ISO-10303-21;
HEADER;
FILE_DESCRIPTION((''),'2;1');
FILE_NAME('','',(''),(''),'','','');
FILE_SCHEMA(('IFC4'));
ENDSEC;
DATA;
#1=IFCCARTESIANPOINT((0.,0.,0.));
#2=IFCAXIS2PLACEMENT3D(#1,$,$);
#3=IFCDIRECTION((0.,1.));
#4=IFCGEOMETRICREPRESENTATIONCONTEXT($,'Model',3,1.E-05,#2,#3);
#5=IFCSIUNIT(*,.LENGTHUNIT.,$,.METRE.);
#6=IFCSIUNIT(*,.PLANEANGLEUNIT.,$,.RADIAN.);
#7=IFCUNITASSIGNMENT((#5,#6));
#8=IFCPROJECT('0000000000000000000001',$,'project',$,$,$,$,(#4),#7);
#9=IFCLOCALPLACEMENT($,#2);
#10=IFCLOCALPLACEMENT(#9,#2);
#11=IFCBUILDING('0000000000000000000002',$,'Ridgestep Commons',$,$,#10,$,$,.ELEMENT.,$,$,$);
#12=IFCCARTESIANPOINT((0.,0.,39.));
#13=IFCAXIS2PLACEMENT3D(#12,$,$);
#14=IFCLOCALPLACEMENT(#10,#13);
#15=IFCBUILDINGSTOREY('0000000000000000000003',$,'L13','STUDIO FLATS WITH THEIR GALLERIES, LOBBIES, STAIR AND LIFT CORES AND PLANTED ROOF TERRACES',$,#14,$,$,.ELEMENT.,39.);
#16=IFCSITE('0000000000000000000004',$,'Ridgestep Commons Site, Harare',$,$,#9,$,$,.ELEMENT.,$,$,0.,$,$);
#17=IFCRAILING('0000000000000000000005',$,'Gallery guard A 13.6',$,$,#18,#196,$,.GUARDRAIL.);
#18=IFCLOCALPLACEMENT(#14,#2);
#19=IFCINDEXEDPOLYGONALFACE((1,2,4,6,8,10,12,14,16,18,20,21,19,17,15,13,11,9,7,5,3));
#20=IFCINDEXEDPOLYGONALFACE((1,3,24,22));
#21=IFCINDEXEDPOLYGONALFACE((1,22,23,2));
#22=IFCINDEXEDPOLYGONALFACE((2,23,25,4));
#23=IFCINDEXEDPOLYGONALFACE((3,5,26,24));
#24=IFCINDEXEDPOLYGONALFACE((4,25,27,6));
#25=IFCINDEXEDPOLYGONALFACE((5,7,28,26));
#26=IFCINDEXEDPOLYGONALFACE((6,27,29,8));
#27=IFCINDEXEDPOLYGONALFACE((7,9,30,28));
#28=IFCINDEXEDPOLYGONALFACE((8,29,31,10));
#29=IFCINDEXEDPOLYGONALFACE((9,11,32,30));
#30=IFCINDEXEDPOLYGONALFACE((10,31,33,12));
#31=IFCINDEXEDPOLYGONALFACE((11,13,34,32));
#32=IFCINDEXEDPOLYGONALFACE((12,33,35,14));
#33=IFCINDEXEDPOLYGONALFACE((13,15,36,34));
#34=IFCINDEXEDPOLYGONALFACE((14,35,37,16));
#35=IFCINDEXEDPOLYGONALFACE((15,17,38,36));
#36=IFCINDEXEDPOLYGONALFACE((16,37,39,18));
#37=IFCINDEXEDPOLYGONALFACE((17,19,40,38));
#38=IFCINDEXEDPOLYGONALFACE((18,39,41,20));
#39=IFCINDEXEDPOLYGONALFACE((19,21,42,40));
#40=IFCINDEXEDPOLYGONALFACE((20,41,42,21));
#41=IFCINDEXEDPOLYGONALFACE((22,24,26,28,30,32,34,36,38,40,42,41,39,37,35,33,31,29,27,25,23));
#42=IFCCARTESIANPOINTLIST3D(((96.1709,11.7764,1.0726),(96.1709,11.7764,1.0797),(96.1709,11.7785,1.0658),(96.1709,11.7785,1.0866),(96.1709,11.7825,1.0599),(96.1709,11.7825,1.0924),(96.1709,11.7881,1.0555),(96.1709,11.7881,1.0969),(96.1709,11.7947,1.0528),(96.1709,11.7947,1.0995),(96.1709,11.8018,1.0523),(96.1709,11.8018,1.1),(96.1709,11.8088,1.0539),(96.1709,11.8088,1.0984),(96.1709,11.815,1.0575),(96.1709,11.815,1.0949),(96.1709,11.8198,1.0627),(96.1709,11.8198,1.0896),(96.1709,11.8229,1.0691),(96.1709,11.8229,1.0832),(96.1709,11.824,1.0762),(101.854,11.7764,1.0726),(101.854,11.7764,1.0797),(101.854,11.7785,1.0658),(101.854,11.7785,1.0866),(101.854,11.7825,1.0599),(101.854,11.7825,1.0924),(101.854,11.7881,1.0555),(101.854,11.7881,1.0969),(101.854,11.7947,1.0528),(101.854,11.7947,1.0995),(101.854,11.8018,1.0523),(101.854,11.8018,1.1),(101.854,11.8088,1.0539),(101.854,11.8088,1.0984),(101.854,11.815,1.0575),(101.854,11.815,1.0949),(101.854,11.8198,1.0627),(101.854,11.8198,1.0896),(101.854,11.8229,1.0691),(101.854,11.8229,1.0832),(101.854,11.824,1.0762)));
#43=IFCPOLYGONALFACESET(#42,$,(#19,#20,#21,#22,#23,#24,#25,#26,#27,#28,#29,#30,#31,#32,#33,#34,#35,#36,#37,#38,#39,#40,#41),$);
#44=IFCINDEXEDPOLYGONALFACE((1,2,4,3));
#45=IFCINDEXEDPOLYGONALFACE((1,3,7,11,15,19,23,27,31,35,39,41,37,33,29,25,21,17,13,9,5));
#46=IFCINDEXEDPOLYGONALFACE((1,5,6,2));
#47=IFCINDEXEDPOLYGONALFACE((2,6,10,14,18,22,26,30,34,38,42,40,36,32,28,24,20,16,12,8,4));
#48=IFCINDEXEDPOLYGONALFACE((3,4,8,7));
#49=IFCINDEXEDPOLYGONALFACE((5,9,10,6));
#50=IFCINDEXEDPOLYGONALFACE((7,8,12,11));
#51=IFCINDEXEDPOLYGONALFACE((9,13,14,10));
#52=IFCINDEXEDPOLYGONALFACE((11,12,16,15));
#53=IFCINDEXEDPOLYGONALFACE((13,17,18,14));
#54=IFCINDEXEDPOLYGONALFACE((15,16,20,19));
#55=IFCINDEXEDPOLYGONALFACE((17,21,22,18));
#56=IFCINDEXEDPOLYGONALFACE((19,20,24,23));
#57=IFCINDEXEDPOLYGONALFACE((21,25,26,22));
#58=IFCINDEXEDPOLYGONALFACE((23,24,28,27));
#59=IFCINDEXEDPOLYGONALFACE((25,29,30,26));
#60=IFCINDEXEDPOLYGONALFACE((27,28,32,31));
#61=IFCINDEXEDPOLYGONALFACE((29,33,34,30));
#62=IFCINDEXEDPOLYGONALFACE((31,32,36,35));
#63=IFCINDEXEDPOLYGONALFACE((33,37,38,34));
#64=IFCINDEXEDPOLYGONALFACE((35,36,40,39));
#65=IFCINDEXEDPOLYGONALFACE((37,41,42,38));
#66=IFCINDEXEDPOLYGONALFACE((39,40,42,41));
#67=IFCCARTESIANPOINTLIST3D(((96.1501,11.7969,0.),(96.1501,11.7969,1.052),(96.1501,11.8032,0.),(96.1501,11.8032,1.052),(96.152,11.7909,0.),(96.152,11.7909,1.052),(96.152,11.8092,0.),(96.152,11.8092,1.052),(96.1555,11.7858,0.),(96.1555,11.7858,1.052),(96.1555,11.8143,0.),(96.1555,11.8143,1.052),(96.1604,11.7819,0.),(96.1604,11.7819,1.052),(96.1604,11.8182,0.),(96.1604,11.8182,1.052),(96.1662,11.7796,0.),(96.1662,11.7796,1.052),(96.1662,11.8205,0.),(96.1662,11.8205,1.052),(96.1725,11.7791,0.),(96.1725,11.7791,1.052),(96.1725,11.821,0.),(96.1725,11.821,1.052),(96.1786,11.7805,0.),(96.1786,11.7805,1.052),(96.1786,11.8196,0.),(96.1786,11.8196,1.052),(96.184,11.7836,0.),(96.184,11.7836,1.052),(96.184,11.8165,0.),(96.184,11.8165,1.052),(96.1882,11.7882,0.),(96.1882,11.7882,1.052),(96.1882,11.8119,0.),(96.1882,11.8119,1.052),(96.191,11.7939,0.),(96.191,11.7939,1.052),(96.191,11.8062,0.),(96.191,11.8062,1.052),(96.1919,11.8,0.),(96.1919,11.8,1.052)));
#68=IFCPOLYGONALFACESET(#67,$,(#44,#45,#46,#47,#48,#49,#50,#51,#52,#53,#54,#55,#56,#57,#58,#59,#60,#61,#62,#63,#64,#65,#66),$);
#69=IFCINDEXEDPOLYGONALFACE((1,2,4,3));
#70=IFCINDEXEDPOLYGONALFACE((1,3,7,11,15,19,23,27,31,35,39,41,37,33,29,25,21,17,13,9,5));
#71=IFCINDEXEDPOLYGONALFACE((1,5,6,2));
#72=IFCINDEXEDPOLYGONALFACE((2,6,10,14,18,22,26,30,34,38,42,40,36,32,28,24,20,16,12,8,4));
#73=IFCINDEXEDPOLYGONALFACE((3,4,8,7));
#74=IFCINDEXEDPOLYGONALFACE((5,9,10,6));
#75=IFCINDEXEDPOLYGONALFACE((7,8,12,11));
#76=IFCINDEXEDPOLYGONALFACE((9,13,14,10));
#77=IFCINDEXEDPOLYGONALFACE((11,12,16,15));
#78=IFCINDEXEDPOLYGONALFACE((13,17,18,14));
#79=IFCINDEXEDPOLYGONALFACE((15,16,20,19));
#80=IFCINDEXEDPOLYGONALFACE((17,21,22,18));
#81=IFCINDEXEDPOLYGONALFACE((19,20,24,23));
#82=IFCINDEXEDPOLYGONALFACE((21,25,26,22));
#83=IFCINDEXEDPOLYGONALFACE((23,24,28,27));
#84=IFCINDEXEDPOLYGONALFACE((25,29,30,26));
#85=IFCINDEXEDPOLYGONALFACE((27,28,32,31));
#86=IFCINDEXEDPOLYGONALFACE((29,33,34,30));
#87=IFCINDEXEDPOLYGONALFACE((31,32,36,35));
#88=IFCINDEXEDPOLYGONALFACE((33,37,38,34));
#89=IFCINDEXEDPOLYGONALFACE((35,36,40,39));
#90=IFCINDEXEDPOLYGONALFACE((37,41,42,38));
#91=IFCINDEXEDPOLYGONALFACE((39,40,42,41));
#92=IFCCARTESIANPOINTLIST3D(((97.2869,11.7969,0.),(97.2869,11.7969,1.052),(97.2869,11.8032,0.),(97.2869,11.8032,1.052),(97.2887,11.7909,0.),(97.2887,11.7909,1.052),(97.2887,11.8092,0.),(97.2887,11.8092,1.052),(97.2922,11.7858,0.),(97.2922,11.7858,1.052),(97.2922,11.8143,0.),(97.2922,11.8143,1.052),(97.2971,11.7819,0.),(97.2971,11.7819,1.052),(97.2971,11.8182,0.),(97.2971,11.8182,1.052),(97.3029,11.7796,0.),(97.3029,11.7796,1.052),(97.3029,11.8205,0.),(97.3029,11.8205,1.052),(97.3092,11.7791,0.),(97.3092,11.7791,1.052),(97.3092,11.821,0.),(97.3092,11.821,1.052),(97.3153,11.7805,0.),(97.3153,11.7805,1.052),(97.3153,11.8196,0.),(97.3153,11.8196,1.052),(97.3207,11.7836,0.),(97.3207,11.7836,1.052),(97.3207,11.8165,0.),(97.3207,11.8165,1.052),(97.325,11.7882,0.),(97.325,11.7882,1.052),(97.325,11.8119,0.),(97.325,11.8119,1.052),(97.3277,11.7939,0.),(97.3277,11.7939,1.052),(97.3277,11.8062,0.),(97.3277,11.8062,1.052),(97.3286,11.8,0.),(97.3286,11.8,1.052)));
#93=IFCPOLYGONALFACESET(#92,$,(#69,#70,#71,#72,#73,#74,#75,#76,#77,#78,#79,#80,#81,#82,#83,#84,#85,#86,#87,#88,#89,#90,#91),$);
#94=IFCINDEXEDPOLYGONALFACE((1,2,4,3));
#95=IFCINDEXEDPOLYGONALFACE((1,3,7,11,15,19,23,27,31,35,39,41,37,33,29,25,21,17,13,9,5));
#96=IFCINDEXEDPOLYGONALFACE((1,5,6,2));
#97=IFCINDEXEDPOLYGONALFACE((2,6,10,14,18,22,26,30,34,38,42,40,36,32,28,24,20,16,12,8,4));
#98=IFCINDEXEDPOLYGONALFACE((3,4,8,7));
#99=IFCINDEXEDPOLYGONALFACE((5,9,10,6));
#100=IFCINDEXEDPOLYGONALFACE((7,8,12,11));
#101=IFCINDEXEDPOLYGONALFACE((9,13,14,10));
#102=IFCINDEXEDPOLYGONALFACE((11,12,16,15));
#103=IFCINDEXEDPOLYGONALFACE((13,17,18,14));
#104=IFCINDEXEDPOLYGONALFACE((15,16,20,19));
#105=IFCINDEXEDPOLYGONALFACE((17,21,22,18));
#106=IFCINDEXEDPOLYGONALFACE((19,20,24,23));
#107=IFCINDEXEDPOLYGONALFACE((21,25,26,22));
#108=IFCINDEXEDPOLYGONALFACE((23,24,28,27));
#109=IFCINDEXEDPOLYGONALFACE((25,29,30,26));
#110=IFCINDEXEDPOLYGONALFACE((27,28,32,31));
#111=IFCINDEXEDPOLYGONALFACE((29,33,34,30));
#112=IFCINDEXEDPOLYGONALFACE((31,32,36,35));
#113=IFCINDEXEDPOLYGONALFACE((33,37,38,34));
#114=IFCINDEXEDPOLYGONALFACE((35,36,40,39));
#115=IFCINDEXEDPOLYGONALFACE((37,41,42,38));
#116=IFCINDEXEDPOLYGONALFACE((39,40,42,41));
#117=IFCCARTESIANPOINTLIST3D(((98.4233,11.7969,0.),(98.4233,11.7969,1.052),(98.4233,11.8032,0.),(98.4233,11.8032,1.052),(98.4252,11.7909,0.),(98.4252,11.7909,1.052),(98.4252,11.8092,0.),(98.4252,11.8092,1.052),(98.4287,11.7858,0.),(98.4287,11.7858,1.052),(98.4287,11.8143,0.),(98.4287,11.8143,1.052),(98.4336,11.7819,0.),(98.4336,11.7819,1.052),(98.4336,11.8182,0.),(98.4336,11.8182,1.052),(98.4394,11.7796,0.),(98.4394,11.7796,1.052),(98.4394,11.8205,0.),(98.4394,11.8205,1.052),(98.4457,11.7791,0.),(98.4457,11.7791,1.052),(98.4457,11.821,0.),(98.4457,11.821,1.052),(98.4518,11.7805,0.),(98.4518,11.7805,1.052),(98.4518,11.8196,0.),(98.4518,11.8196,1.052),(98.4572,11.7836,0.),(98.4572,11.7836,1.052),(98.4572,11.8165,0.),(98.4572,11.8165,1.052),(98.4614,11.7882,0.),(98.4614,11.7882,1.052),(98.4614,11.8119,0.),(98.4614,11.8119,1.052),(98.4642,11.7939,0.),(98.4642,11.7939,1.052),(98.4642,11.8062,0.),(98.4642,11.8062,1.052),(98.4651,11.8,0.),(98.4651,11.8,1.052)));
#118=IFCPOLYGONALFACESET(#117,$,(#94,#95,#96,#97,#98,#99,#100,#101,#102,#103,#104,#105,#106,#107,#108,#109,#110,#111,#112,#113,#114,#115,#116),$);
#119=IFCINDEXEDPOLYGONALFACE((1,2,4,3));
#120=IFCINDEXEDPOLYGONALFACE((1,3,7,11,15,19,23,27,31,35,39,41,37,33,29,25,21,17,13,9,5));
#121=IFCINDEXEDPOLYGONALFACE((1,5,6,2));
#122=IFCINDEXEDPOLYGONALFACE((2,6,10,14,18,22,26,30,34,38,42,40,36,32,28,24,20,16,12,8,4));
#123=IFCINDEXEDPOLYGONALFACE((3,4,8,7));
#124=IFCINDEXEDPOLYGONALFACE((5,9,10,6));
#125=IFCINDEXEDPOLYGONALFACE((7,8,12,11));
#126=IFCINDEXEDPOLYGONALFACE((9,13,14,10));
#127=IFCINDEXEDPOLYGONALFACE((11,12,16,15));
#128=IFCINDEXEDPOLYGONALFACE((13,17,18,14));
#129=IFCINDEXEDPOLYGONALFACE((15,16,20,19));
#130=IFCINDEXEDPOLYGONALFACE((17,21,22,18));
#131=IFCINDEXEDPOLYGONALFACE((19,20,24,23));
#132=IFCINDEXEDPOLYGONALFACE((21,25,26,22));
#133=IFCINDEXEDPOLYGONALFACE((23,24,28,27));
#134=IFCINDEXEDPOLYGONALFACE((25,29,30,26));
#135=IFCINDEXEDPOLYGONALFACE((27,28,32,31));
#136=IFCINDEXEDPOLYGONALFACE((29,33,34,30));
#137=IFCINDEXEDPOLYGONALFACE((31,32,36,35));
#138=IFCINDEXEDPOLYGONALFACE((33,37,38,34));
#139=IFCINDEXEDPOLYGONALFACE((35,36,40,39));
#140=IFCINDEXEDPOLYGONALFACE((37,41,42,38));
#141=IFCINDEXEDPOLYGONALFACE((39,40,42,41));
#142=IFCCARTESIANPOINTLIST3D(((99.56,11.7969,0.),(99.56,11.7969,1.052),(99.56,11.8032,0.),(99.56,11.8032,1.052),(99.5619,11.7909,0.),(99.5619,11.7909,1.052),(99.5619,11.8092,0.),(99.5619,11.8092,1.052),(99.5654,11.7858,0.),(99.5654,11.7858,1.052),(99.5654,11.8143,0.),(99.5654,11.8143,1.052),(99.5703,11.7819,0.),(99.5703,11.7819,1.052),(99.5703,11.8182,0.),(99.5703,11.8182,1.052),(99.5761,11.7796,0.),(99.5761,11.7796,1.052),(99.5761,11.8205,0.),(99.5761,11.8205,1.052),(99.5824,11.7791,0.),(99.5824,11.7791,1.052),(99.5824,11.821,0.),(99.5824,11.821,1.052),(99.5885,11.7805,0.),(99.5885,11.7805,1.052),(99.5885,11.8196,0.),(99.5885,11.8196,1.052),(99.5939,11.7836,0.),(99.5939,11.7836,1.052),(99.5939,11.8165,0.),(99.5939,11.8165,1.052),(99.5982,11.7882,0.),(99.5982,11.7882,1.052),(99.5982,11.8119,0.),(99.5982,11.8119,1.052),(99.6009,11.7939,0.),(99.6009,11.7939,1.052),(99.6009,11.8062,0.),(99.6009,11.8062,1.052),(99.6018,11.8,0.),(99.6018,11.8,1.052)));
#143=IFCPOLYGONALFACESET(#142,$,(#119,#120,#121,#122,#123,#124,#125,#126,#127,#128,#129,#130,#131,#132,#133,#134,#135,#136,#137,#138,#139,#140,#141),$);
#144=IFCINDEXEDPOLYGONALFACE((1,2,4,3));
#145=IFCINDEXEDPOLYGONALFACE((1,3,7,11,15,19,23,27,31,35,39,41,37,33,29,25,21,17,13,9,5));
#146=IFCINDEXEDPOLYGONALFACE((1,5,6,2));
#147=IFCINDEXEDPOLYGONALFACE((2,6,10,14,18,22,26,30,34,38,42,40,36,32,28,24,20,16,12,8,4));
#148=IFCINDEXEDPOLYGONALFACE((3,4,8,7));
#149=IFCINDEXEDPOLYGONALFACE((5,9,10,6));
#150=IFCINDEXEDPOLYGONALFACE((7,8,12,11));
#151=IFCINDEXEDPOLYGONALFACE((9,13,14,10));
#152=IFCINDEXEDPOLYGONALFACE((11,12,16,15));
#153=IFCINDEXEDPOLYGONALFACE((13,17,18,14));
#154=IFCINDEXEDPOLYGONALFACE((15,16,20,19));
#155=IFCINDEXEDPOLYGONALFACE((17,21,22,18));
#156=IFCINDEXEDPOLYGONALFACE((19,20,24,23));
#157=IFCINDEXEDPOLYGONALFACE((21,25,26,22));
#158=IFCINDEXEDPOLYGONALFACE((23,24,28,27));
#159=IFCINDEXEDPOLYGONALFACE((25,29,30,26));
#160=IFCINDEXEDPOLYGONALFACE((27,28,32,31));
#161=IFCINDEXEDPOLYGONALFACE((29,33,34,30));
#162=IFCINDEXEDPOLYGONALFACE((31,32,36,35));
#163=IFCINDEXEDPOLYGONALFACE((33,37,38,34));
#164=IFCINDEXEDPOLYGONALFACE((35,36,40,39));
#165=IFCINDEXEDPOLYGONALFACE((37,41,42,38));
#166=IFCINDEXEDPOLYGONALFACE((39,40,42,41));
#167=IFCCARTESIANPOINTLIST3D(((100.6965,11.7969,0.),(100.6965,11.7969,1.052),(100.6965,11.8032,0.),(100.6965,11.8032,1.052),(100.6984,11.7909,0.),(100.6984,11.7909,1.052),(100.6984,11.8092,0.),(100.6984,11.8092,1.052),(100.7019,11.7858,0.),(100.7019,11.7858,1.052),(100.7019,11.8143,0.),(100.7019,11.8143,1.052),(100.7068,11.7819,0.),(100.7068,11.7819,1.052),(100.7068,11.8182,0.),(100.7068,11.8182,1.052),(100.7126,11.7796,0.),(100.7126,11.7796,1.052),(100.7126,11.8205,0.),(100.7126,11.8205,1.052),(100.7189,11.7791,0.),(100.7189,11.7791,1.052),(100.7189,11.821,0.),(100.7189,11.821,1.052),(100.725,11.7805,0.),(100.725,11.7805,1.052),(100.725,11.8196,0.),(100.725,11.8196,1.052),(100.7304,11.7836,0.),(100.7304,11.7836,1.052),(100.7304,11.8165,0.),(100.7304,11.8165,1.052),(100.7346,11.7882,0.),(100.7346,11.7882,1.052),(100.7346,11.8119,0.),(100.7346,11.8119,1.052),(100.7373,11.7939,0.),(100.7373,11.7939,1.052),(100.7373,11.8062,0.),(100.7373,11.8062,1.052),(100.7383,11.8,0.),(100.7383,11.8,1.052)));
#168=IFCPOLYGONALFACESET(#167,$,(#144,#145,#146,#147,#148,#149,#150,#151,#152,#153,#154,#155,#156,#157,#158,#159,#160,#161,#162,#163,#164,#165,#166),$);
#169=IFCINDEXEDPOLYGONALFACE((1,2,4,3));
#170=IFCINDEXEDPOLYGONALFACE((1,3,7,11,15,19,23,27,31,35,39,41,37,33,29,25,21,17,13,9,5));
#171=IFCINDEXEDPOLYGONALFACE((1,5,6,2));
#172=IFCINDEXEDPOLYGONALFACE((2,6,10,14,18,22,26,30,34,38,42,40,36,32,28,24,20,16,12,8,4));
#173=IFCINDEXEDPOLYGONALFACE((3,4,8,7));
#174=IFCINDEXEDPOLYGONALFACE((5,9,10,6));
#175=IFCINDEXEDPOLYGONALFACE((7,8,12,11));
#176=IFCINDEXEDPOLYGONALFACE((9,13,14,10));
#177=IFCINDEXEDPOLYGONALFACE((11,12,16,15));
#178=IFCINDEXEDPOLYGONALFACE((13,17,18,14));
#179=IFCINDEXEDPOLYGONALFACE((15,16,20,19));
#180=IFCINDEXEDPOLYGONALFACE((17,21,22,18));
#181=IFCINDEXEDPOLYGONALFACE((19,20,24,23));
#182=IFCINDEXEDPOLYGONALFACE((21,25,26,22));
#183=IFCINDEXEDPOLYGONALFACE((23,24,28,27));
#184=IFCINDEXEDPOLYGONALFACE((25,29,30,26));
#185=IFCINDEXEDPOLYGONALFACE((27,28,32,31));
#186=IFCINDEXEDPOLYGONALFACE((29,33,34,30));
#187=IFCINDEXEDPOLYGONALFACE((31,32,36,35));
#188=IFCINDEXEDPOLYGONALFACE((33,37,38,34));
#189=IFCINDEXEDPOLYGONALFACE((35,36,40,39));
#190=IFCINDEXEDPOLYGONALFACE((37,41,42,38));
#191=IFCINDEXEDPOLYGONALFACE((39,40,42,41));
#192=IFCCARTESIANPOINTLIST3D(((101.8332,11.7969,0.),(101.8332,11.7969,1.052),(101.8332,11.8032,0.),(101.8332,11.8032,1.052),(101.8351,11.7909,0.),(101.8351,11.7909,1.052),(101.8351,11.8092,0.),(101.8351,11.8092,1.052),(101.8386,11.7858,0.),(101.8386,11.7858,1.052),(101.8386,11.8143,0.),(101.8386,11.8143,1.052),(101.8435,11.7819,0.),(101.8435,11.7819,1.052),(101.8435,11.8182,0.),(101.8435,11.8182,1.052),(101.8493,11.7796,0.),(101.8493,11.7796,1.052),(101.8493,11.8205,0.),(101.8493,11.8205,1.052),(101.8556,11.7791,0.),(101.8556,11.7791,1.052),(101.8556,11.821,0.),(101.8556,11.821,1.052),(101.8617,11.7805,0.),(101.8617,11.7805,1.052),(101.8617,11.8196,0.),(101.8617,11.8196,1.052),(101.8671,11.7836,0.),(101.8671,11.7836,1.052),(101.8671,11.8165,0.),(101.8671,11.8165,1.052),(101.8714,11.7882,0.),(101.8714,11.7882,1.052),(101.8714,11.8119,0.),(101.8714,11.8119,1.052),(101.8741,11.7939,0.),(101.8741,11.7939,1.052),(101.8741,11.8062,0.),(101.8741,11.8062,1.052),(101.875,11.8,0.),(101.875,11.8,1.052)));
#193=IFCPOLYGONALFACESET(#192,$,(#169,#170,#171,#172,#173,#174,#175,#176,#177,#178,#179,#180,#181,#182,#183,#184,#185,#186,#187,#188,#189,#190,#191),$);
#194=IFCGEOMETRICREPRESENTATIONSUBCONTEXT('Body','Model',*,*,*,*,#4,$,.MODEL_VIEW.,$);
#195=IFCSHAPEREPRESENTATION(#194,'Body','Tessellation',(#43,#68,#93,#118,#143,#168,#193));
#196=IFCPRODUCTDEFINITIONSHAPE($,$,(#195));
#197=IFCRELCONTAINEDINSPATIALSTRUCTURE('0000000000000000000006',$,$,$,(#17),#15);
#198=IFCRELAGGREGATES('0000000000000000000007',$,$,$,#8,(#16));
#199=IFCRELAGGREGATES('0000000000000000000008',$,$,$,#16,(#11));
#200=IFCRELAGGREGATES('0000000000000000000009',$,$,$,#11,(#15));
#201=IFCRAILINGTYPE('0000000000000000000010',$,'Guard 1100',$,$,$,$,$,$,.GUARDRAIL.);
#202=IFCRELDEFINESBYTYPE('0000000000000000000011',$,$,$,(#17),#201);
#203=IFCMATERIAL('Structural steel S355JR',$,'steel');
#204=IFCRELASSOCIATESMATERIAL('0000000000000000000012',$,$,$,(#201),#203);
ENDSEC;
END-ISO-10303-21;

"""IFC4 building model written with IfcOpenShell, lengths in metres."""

from ifc_helpers import new_model, si_unit, direction, frame, origin, origin_2d, place, context, subcontext, project, spatial, circle, extrude, material, type_object, element, save


model = new_model("IFC4")

# Units and contexts
model_context = context("Model", 3, precision=1e-05, world=origin(), true_north=direction((0.0, 1.0)))
body_context = subcontext(model_context, "Body", "Model", "MODEL_VIEW")
ifc_project = project(units=[si_unit("LENGTHUNIT", "METRE"), si_unit("PLANEANGLEUNIT", "RADIAN")], contexts=[model_context])

# Site, building, storey
site_placement = place(None, origin())
site = spatial("IfcSite", under=ifc_project, at=site_placement, Name="Ridgestep Commons Site, Harare", CompositionType="ELEMENT", RefElevation=0.0)
building_placement = place(site_placement, origin())
building = spatial("IfcBuilding", under=site, at=building_placement, Name="Ridgestep Commons", CompositionType="ELEMENT")
storey_placement = place(building_placement, frame((0.0, 0.0, 39.0)))
storey = spatial("IfcBuildingStorey", under=building, at=storey_placement, Name="L13", Description="STUDIO FLATS WITH THEIR GALLERIES, LOBBIES, STAIR AND LIFT CORES AND PLANTED ROOF TERRACES", CompositionType="ELEMENT", Elevation=39.0)

# Railing
ifc_material_1 = material(Name="Structural steel S355JR", Category="steel")
railing_type = type_object("IfcRailingType", Name="Guard 1100", PredefinedType="GUARDRAIL", material=ifc_material_1)
railing_placement = place(storey_placement, frame((96.1709, 11.8, 0.0)))
element("IfcRailing", 1, at=railing_placement, inside=storey, type_object=railing_type, Name="Gallery guard A 13.6", PredefinedType="GUARDRAIL", context=body_context, shape_type="SweptSolid", body=[
    extrude(circle(Radius=0.0239, at=origin_2d()), frame((0.0, 0.0, 1.0762), z_axis=(1.0, 0.0, 0.0), x_axis=(0.0, 1.0, 0.0)), (0.0, 0.0, 1.0), 5.6831),
    extrude(circle(Radius=0.021, at=origin_2d()), origin(), (0.0, 0.0, 1.0), 1.052),
    extrude(circle(Radius=0.021, at=origin_2d()), frame((1.1367, 0.0, 0.0)), (0.0, 0.0, 1.0), 1.052),
    extrude(circle(Radius=0.021, at=origin_2d()), frame((2.2732, 0.0, 0.0)), (0.0, 0.0, 1.0), 1.052),
    extrude(circle(Radius=0.021, at=origin_2d()), frame((3.4099, 0.0, 0.0)), (0.0, 0.0, 1.0), 1.052),
    extrude(circle(Radius=0.021, at=origin_2d()), frame((4.5464, 0.0, 0.0)), (0.0, 0.0, 1.0), 1.052),
    extrude(circle(Radius=0.021, at=origin_2d()), frame((5.6831, 0.0, 0.0)), (0.0, 0.0, 1.0), 1.052),
])

save(model, "model.ifc")
